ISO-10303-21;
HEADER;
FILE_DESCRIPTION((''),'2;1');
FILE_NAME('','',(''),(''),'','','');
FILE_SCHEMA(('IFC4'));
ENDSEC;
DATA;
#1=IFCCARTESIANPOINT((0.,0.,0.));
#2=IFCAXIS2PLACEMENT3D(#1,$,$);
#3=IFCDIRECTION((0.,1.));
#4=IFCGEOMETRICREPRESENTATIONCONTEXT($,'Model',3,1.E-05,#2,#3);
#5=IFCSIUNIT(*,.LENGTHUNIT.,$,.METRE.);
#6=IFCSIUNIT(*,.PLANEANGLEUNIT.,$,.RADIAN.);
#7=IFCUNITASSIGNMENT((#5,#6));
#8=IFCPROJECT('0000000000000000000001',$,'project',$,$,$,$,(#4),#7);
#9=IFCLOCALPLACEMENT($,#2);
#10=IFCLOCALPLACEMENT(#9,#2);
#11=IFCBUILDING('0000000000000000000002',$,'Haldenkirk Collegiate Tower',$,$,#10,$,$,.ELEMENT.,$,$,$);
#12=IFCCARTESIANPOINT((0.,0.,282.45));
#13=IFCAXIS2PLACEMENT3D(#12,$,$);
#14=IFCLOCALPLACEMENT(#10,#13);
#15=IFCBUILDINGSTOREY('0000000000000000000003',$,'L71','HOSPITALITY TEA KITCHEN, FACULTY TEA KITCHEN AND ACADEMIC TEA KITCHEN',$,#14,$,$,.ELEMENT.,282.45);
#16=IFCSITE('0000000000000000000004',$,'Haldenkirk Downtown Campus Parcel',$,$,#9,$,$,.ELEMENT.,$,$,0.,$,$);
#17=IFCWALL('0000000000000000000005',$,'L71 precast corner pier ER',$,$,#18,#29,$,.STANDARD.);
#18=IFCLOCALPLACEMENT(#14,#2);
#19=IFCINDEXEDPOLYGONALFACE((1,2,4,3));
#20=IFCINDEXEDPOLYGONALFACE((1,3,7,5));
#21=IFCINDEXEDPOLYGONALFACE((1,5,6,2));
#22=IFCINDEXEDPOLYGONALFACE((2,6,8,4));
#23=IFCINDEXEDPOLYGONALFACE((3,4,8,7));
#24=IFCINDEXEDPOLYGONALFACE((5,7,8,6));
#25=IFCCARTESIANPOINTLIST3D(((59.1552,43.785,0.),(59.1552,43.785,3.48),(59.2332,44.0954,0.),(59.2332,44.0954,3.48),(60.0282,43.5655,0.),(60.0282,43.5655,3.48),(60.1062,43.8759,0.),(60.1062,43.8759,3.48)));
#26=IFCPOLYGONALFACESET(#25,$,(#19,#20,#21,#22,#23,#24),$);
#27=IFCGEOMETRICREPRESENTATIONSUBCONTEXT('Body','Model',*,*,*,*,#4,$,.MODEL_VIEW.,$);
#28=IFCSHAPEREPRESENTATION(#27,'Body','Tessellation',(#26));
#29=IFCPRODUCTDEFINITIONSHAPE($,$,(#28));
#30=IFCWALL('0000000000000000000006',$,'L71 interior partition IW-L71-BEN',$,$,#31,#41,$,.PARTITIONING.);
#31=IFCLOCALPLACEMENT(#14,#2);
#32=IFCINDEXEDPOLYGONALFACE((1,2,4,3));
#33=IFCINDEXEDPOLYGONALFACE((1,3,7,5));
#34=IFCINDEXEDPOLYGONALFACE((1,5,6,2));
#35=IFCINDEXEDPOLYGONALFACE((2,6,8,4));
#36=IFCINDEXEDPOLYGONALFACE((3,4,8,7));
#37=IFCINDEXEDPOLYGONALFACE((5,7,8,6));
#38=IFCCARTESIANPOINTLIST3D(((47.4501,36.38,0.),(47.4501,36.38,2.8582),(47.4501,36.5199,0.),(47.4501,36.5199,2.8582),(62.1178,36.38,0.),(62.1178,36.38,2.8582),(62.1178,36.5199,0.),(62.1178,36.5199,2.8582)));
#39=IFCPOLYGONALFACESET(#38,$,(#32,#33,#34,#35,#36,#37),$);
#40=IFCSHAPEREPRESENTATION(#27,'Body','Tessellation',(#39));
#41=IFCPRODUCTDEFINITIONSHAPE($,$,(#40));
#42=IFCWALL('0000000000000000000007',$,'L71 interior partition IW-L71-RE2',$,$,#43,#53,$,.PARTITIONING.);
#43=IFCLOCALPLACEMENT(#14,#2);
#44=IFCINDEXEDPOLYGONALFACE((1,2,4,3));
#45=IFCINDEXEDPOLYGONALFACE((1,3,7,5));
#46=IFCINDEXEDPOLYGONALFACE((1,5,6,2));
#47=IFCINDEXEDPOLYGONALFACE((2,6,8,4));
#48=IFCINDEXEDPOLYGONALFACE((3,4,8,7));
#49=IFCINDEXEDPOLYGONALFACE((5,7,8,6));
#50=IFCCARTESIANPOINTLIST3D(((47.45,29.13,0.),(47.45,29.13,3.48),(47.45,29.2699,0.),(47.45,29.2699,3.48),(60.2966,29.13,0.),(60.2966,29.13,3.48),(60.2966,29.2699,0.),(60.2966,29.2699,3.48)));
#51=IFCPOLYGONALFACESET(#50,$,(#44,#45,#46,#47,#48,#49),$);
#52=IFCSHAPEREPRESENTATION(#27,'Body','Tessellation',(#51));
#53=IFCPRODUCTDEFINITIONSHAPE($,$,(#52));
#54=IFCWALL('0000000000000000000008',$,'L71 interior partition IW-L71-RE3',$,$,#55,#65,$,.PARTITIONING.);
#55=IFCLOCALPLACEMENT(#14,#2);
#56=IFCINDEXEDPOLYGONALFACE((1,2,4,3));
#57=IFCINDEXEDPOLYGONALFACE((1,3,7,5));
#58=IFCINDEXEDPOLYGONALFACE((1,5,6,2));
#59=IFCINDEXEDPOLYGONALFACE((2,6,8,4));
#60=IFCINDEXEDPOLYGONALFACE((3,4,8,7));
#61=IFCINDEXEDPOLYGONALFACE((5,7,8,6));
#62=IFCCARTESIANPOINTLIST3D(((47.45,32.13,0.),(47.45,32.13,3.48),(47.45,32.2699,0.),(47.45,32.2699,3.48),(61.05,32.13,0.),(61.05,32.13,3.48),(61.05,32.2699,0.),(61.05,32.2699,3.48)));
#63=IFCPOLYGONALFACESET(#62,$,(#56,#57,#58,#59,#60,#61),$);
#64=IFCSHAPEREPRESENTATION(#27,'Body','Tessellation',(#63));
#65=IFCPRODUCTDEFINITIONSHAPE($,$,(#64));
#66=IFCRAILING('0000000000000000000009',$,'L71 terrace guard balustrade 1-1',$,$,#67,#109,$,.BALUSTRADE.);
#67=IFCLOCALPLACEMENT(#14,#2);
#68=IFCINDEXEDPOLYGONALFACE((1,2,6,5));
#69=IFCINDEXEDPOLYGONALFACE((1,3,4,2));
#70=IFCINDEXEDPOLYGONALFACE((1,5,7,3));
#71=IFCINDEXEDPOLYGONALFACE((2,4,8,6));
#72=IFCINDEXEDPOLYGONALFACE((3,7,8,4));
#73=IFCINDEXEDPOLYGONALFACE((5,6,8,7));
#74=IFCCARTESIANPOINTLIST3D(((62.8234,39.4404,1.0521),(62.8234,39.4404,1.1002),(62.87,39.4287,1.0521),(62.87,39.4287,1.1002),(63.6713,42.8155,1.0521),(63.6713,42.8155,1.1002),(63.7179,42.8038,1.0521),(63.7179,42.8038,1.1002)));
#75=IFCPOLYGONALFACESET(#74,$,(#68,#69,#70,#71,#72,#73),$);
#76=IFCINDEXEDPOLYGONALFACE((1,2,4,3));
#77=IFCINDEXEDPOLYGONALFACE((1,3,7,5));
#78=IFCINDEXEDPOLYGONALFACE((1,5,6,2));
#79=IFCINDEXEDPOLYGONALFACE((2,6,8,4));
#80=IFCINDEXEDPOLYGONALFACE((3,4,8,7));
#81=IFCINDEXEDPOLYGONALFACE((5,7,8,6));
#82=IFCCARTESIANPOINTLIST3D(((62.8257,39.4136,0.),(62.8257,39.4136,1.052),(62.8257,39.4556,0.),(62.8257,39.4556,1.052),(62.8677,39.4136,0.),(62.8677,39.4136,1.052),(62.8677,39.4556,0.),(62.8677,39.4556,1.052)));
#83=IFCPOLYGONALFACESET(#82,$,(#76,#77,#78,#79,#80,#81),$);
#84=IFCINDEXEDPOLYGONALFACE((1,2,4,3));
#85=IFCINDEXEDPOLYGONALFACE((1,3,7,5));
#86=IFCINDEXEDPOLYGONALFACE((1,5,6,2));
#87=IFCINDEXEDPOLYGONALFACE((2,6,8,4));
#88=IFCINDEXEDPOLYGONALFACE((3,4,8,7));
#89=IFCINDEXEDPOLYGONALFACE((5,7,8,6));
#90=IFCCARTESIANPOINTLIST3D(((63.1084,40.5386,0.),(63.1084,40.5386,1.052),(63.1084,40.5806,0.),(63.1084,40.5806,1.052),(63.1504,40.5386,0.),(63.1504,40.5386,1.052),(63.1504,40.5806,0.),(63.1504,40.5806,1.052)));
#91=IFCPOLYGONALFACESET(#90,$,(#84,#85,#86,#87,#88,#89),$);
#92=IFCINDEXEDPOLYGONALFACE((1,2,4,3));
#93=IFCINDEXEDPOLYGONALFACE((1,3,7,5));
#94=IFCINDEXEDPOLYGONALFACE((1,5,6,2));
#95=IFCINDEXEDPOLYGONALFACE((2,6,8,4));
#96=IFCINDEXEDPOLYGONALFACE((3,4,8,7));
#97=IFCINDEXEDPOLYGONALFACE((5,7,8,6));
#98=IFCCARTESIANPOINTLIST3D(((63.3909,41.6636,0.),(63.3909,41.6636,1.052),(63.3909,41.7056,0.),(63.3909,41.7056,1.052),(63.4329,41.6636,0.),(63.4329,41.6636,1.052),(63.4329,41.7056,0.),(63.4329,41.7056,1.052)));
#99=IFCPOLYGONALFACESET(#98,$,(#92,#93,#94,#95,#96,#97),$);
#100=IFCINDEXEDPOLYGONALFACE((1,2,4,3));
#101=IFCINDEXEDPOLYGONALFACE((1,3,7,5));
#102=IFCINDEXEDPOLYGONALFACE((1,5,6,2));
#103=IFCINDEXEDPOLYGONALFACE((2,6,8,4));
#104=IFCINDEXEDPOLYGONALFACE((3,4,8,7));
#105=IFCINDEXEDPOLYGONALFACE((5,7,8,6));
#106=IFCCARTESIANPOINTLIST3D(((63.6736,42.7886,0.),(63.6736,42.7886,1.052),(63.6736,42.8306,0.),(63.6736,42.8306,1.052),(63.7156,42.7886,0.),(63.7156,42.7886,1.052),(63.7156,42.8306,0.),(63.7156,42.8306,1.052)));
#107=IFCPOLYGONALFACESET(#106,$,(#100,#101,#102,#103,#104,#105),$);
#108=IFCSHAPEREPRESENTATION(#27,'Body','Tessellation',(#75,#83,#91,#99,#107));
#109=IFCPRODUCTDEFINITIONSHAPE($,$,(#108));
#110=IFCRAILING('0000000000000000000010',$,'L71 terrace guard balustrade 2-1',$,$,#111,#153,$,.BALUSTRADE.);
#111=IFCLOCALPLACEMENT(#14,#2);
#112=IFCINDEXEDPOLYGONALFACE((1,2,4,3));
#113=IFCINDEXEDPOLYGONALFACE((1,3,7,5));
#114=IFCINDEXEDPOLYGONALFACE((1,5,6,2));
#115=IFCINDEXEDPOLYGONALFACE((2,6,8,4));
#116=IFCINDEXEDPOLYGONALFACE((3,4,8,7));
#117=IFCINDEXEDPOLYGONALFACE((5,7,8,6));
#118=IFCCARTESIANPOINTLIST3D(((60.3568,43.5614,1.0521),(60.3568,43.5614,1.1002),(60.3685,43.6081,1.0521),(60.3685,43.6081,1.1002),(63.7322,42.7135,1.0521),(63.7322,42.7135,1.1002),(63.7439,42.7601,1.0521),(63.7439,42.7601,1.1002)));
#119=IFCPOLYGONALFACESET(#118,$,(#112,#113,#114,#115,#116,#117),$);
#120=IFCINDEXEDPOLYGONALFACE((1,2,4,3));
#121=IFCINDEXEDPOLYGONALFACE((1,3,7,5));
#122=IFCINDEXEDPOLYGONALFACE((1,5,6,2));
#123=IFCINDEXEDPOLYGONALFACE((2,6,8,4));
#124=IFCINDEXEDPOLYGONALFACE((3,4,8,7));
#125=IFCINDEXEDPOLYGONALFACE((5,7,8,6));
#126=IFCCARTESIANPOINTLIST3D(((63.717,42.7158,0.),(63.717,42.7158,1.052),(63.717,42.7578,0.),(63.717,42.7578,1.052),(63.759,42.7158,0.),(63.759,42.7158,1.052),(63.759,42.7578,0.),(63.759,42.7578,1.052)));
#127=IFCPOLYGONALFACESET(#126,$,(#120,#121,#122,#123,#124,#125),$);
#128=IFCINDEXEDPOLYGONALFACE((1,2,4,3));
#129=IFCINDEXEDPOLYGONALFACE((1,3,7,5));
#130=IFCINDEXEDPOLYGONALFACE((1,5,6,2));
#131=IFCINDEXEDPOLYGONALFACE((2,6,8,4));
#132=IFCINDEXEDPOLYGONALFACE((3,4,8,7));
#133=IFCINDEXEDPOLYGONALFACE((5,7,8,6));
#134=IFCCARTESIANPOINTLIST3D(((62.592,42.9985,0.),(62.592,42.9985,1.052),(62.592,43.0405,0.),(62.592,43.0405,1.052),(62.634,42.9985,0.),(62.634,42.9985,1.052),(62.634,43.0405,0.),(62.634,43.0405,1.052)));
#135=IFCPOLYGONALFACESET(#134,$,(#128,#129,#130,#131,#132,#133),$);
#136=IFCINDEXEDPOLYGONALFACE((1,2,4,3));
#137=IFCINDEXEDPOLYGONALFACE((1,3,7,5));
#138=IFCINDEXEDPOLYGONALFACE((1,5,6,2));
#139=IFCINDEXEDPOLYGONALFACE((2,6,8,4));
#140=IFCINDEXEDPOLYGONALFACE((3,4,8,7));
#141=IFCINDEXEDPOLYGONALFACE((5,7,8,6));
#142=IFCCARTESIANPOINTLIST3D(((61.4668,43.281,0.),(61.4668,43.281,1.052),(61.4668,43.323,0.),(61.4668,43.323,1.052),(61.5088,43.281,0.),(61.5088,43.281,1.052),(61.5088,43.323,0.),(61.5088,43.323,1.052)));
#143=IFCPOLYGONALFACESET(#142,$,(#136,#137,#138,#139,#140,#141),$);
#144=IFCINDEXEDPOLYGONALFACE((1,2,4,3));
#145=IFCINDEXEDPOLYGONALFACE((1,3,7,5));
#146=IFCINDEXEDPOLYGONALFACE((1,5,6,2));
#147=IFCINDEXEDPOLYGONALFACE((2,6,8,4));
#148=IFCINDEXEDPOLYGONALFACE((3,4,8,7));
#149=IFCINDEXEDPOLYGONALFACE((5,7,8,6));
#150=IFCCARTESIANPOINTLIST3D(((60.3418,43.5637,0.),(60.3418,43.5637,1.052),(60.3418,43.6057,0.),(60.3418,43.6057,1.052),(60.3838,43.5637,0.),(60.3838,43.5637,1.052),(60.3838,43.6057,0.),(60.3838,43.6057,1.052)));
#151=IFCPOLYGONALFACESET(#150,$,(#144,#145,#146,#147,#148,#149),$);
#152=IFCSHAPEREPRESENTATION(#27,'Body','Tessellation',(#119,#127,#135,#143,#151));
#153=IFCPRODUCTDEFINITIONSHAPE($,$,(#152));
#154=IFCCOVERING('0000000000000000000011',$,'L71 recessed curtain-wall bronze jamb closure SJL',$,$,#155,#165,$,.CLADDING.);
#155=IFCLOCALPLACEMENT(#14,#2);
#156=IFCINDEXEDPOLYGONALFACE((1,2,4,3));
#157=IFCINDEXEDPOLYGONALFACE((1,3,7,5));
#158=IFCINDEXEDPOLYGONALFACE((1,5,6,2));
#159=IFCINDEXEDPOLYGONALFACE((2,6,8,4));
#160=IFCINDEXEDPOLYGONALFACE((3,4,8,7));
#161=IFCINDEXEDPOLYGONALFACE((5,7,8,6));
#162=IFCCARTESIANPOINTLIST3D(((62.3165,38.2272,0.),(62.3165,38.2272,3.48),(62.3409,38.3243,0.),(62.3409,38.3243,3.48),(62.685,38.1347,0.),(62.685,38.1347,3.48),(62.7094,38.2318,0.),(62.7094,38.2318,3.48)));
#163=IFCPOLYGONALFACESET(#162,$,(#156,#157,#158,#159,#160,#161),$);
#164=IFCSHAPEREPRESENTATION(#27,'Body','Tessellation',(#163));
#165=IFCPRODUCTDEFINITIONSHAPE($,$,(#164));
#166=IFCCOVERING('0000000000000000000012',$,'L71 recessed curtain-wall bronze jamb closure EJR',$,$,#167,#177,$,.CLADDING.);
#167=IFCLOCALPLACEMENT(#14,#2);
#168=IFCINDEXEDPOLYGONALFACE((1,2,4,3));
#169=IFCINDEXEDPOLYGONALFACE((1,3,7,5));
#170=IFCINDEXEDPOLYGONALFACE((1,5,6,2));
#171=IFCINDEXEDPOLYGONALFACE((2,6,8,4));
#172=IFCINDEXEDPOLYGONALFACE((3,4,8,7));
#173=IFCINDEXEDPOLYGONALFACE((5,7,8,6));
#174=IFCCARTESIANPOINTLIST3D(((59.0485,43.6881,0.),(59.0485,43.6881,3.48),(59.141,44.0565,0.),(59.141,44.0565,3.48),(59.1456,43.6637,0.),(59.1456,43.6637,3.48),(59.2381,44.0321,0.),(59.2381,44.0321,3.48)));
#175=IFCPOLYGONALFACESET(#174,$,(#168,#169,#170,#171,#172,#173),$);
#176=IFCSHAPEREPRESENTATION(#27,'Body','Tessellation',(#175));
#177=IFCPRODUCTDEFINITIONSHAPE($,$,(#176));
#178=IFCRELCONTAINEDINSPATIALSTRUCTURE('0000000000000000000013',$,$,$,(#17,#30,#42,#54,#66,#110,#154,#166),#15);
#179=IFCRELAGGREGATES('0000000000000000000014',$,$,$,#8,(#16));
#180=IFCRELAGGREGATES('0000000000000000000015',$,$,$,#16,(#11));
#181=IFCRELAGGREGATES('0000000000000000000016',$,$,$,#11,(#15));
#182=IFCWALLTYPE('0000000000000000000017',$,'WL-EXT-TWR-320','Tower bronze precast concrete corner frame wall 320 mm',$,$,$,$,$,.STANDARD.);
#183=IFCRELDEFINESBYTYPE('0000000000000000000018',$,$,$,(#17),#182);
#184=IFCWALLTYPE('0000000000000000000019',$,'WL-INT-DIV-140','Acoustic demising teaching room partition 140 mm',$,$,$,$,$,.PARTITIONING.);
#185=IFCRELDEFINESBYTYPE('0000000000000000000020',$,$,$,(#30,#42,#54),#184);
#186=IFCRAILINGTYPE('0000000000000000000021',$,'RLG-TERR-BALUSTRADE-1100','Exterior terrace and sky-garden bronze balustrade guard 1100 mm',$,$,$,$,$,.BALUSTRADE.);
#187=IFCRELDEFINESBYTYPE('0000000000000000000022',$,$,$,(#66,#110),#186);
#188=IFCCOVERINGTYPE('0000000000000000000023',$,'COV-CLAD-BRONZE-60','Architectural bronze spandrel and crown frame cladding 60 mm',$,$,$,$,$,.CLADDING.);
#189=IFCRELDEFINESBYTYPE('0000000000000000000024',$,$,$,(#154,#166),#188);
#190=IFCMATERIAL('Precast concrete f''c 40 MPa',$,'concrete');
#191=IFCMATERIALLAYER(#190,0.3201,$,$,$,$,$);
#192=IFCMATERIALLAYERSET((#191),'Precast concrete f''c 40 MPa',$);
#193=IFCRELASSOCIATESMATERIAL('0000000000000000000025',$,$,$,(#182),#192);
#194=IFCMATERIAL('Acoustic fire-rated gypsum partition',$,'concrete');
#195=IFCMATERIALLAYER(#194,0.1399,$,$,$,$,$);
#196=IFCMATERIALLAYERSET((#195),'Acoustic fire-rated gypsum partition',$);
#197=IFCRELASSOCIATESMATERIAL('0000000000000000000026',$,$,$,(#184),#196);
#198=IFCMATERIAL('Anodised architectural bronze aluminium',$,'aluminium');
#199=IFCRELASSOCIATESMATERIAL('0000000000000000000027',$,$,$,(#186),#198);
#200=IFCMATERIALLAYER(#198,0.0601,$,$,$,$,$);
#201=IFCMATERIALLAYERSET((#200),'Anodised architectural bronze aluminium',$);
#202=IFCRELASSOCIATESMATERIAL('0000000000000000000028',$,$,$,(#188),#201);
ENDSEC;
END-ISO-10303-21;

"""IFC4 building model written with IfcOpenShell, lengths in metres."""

from ifc_helpers import new_model, si_unit, direction, frame, frame_2d, origin, origin_2d, place, context, subcontext, project, spatial, rectangle, extrude, source, transform, mapped, material, layer, layer_set, type_object, element, save


model = new_model("IFC4")

# Units and contexts
model_context = context("Model", 3, precision=1e-05, world=origin(), true_north=direction((0.0, 1.0)))
body_context = subcontext(model_context, "Body", "Model", "MODEL_VIEW")
ifc_project = project(units=[si_unit("LENGTHUNIT", "METRE"), si_unit("PLANEANGLEUNIT", "RADIAN")], contexts=[model_context])

# Site, building, storey
site_placement = place(None, origin())
site = spatial("IfcSite", under=ifc_project, at=site_placement, Name="Haldenkirk Downtown Campus Parcel", CompositionType="ELEMENT", RefElevation=0.0)
building_placement = place(site_placement, origin())
building = spatial("IfcBuilding", under=site, at=building_placement, Name="Haldenkirk Collegiate Tower", CompositionType="ELEMENT")
storey_placement = place(building_placement, frame((0.0, 0.0, 282.45)))
storey = spatial("IfcBuildingStorey", under=building, at=storey_placement, Name="L71", Description="HOSPITALITY TEA KITCHEN, FACULTY TEA KITCHEN AND ACADEMIC TEA KITCHEN", CompositionType="ELEMENT", Elevation=282.45)

# Shared definitions
ifc_material_1 = material(Name="Anodised architectural bronze aluminium", Category="aluminium")

# Shared definitions
ifc_material_2 = material(Name="Precast concrete f'c 40 MPa", Category="concrete")
ifc_layer_1 = layer(ifc_material_2, 0.3201)
ifc_layer_set_1 = layer_set([ifc_layer_1], Name="Precast concrete f'c 40 MPa")
wall_type_1 = type_object("IfcWallType", Name="WL-EXT-TWR-320", Description="Tower bronze precast concrete corner frame wall 320 mm", PredefinedType="STANDARD", material=ifc_layer_set_1)

# Walls
wall_1_placement = place(storey_placement, frame((59.1941, 43.9402, 0.0), z_axis=(0.0, 0.0, 1.0), x_axis=(0.969823, -0.243812, 0.0)))
element("IfcWall", 1, at=wall_1_placement, inside=storey, type_object=wall_type_1, Name="L71 precast corner pier ER", PredefinedType="STANDARD", context=body_context, shape_type="SweptSolid", body=[
    extrude(rectangle(XDim=0.9001, YDim=0.3201, at=frame_2d((0.4502, 0.0))), origin(), (0.0, 0.0, 1.0), 3.48),
])
ifc_material_3 = material(Name="Acoustic fire-rated gypsum partition", Category="concrete")
ifc_layer_2 = layer(ifc_material_3, 0.1399)
ifc_layer_set_2 = layer_set([ifc_layer_2], Name="Acoustic fire-rated gypsum partition")
wall_type_2 = type_object("IfcWallType", Name="WL-INT-DIV-140", Description="Acoustic demising teaching room partition 140 mm", PredefinedType="PARTITIONING", material=ifc_layer_set_2)
wall_2_placement = place(storey_placement, frame((47.45, 36.45, 0.0), z_axis=(0.0, 0.0, 1.0), x_axis=(1.0, 0.0, 0.0)))
element("IfcWall", 2, at=wall_2_placement, inside=storey, type_object=wall_type_2, Name="L71 interior partition IW-L71-BEN", PredefinedType="PARTITIONING", context=body_context, shape_type="SweptSolid", body=[
    extrude(rectangle(XDim=14.6677, YDim=0.1399, at=frame_2d((7.334, 0.0))), origin(), (0.0, 0.0, 1.0), 2.8582),
])
wall_3_placement = place(storey_placement, frame((47.45, 29.2, 0.0), z_axis=(0.0, 0.0, 1.0), x_axis=(1.0, 0.0, 0.0)))
element("IfcWall", 3, at=wall_3_placement, inside=storey, type_object=wall_type_2, Name="L71 interior partition IW-L71-RE2", PredefinedType="PARTITIONING", context=body_context, shape_type="SweptSolid", body=[
    extrude(rectangle(XDim=12.8467, YDim=0.1399, at=frame_2d((6.4233, 0.0))), origin(), (0.0, 0.0, 1.0), 3.48),
])
wall_4_placement = place(storey_placement, frame((47.45, 32.2, 0.0), z_axis=(0.0, 0.0, 1.0), x_axis=(1.0, 0.0, 0.0)))
element("IfcWall", 4, at=wall_4_placement, inside=storey, type_object=wall_type_2, Name="L71 interior partition IW-L71-RE3", PredefinedType="PARTITIONING", context=body_context, shape_type="SweptSolid", body=[
    extrude(rectangle(XDim=13.6001, YDim=0.1399, at=frame_2d((6.8, 0.0))), origin(), (0.0, 0.0, 1.0), 3.48),
])

# Railings
railing_type = type_object("IfcRailingType", Name="RLG-TERR-BALUSTRADE-1100", Description="Exterior terrace and sky-garden bronze balustrade guard 1100 mm", PredefinedType="BALUSTRADE", material=ifc_material_1)
railing_1_placement = place(storey_placement, frame((62.8467, 39.4346, 0.0)))
element("IfcRailing", 5, at=railing_1_placement, inside=storey, type_object=railing_type, Name="L71 terrace guard balustrade 1-1", PredefinedType="BALUSTRADE", context=body_context, shape_type="SweptSolid", body=[
    extrude(rectangle(XDim=0.0481, YDim=0.0481, at=origin_2d()), frame((0.0, 0.0, 1.0762), z_axis=(0.243658, 0.969861, 0.0), x_axis=(-0.969861, 0.243658, 0.0)), (0.0, 0.0, 1.0), 3.48),
    extrude(rectangle(XDim=0.042, YDim=0.042, at=origin_2d()), origin(), (0.0, 0.0, 1.0), 1.052),
    extrude(rectangle(XDim=0.042, YDim=0.042, at=origin_2d()), frame((0.2827, 1.125, 0.0)), (0.0, 0.0, 1.0), 1.052),
    extrude(rectangle(XDim=0.042, YDim=0.042, at=origin_2d()), frame((0.5652, 2.25, 0.0)), (0.0, 0.0, 1.0), 1.052),
    extrude(rectangle(XDim=0.042, YDim=0.042, at=origin_2d()), frame((0.8479, 3.375, 0.0)), (0.0, 0.0, 1.0), 1.052),
])
railing_2_placement = place(storey_placement, frame((63.738, 42.7368, 0.0)))
element("IfcRailing", 6, at=railing_2_placement, inside=storey, type_object=railing_type, Name="L71 terrace guard balustrade 2-1", PredefinedType="BALUSTRADE", context=body_context, shape_type="SweptSolid", body=[
    extrude(rectangle(XDim=0.0481, YDim=0.0481, at=origin_2d()), frame((0.0, 0.0, 1.0762), z_axis=(-0.969865, 0.243641, 0.0), x_axis=(-0.243641, -0.969865, 0.0)), (0.0, 0.0, 1.0), 3.4802),
    extrude(rectangle(XDim=0.042, YDim=0.042, at=origin_2d()), origin(), (0.0, 0.0, 1.0), 1.052),
    extrude(rectangle(XDim=0.042, YDim=0.042, at=origin_2d()), frame((-1.125, 0.2827, 0.0)), (0.0, 0.0, 1.0), 1.052),
    extrude(rectangle(XDim=0.042, YDim=0.042, at=origin_2d()), frame((-2.2502, 0.5652, 0.0)), (0.0, 0.0, 1.0), 1.052),
    extrude(rectangle(XDim=0.042, YDim=0.042, at=origin_2d()), frame((-3.3752, 0.8479, 0.0)), (0.0, 0.0, 1.0), 1.052),
])

# Coverings
ifc_layer_3 = layer(ifc_material_1, 0.0601)
ifc_layer_set_3 = layer_set([ifc_layer_3], Name="Anodised architectural bronze aluminium")
covering_type = type_object("IfcCoveringType", Name="COV-CLAD-BRONZE-60", Description="Architectural bronze spandrel and crown frame cladding 60 mm", PredefinedType="CLADDING", material=ifc_layer_set_3)
shared_shape_1 = source(origin(), body_context, "Body", "SweptSolid", [
    extrude(rectangle(XDim=0.1001, YDim=0.3799, at=origin_2d()), origin(), (0.0, 0.0, 1.0), 3.48),
])
for number, where, z_axis, x_axis, name in (
    (7, (62.5129, 38.2295, 0.0), (0.0, 0.0, 1.0), (-0.243615, -0.969872, 0.0), "L71 recessed curtain-wall bronze jamb closure SJL"),
    (8, (59.1433, 43.8601, 0.0), (0.0, 0.0, 1.0), (0.969872, -0.243615, 0.0), "L71 recessed curtain-wall bronze jamb closure EJR"),
):
    element("IfcCovering", number, at=place(storey_placement, frame(where, z_axis=z_axis, x_axis=x_axis)), inside=storey, type_object=covering_type, Name=name, PredefinedType="CLADDING", context=body_context, shape_type="MappedRepresentation", body=[
        mapped(shared_shape_1, transform((0.0, 0.0, 0.0), x_axis=(1.0, 0.0, 0.0), y_axis=(0.0, 1.0, 0.0), z_axis=(0.0, 0.0, 1.0), scale=1.0)),
    ])

save(model, "model.ifc")
